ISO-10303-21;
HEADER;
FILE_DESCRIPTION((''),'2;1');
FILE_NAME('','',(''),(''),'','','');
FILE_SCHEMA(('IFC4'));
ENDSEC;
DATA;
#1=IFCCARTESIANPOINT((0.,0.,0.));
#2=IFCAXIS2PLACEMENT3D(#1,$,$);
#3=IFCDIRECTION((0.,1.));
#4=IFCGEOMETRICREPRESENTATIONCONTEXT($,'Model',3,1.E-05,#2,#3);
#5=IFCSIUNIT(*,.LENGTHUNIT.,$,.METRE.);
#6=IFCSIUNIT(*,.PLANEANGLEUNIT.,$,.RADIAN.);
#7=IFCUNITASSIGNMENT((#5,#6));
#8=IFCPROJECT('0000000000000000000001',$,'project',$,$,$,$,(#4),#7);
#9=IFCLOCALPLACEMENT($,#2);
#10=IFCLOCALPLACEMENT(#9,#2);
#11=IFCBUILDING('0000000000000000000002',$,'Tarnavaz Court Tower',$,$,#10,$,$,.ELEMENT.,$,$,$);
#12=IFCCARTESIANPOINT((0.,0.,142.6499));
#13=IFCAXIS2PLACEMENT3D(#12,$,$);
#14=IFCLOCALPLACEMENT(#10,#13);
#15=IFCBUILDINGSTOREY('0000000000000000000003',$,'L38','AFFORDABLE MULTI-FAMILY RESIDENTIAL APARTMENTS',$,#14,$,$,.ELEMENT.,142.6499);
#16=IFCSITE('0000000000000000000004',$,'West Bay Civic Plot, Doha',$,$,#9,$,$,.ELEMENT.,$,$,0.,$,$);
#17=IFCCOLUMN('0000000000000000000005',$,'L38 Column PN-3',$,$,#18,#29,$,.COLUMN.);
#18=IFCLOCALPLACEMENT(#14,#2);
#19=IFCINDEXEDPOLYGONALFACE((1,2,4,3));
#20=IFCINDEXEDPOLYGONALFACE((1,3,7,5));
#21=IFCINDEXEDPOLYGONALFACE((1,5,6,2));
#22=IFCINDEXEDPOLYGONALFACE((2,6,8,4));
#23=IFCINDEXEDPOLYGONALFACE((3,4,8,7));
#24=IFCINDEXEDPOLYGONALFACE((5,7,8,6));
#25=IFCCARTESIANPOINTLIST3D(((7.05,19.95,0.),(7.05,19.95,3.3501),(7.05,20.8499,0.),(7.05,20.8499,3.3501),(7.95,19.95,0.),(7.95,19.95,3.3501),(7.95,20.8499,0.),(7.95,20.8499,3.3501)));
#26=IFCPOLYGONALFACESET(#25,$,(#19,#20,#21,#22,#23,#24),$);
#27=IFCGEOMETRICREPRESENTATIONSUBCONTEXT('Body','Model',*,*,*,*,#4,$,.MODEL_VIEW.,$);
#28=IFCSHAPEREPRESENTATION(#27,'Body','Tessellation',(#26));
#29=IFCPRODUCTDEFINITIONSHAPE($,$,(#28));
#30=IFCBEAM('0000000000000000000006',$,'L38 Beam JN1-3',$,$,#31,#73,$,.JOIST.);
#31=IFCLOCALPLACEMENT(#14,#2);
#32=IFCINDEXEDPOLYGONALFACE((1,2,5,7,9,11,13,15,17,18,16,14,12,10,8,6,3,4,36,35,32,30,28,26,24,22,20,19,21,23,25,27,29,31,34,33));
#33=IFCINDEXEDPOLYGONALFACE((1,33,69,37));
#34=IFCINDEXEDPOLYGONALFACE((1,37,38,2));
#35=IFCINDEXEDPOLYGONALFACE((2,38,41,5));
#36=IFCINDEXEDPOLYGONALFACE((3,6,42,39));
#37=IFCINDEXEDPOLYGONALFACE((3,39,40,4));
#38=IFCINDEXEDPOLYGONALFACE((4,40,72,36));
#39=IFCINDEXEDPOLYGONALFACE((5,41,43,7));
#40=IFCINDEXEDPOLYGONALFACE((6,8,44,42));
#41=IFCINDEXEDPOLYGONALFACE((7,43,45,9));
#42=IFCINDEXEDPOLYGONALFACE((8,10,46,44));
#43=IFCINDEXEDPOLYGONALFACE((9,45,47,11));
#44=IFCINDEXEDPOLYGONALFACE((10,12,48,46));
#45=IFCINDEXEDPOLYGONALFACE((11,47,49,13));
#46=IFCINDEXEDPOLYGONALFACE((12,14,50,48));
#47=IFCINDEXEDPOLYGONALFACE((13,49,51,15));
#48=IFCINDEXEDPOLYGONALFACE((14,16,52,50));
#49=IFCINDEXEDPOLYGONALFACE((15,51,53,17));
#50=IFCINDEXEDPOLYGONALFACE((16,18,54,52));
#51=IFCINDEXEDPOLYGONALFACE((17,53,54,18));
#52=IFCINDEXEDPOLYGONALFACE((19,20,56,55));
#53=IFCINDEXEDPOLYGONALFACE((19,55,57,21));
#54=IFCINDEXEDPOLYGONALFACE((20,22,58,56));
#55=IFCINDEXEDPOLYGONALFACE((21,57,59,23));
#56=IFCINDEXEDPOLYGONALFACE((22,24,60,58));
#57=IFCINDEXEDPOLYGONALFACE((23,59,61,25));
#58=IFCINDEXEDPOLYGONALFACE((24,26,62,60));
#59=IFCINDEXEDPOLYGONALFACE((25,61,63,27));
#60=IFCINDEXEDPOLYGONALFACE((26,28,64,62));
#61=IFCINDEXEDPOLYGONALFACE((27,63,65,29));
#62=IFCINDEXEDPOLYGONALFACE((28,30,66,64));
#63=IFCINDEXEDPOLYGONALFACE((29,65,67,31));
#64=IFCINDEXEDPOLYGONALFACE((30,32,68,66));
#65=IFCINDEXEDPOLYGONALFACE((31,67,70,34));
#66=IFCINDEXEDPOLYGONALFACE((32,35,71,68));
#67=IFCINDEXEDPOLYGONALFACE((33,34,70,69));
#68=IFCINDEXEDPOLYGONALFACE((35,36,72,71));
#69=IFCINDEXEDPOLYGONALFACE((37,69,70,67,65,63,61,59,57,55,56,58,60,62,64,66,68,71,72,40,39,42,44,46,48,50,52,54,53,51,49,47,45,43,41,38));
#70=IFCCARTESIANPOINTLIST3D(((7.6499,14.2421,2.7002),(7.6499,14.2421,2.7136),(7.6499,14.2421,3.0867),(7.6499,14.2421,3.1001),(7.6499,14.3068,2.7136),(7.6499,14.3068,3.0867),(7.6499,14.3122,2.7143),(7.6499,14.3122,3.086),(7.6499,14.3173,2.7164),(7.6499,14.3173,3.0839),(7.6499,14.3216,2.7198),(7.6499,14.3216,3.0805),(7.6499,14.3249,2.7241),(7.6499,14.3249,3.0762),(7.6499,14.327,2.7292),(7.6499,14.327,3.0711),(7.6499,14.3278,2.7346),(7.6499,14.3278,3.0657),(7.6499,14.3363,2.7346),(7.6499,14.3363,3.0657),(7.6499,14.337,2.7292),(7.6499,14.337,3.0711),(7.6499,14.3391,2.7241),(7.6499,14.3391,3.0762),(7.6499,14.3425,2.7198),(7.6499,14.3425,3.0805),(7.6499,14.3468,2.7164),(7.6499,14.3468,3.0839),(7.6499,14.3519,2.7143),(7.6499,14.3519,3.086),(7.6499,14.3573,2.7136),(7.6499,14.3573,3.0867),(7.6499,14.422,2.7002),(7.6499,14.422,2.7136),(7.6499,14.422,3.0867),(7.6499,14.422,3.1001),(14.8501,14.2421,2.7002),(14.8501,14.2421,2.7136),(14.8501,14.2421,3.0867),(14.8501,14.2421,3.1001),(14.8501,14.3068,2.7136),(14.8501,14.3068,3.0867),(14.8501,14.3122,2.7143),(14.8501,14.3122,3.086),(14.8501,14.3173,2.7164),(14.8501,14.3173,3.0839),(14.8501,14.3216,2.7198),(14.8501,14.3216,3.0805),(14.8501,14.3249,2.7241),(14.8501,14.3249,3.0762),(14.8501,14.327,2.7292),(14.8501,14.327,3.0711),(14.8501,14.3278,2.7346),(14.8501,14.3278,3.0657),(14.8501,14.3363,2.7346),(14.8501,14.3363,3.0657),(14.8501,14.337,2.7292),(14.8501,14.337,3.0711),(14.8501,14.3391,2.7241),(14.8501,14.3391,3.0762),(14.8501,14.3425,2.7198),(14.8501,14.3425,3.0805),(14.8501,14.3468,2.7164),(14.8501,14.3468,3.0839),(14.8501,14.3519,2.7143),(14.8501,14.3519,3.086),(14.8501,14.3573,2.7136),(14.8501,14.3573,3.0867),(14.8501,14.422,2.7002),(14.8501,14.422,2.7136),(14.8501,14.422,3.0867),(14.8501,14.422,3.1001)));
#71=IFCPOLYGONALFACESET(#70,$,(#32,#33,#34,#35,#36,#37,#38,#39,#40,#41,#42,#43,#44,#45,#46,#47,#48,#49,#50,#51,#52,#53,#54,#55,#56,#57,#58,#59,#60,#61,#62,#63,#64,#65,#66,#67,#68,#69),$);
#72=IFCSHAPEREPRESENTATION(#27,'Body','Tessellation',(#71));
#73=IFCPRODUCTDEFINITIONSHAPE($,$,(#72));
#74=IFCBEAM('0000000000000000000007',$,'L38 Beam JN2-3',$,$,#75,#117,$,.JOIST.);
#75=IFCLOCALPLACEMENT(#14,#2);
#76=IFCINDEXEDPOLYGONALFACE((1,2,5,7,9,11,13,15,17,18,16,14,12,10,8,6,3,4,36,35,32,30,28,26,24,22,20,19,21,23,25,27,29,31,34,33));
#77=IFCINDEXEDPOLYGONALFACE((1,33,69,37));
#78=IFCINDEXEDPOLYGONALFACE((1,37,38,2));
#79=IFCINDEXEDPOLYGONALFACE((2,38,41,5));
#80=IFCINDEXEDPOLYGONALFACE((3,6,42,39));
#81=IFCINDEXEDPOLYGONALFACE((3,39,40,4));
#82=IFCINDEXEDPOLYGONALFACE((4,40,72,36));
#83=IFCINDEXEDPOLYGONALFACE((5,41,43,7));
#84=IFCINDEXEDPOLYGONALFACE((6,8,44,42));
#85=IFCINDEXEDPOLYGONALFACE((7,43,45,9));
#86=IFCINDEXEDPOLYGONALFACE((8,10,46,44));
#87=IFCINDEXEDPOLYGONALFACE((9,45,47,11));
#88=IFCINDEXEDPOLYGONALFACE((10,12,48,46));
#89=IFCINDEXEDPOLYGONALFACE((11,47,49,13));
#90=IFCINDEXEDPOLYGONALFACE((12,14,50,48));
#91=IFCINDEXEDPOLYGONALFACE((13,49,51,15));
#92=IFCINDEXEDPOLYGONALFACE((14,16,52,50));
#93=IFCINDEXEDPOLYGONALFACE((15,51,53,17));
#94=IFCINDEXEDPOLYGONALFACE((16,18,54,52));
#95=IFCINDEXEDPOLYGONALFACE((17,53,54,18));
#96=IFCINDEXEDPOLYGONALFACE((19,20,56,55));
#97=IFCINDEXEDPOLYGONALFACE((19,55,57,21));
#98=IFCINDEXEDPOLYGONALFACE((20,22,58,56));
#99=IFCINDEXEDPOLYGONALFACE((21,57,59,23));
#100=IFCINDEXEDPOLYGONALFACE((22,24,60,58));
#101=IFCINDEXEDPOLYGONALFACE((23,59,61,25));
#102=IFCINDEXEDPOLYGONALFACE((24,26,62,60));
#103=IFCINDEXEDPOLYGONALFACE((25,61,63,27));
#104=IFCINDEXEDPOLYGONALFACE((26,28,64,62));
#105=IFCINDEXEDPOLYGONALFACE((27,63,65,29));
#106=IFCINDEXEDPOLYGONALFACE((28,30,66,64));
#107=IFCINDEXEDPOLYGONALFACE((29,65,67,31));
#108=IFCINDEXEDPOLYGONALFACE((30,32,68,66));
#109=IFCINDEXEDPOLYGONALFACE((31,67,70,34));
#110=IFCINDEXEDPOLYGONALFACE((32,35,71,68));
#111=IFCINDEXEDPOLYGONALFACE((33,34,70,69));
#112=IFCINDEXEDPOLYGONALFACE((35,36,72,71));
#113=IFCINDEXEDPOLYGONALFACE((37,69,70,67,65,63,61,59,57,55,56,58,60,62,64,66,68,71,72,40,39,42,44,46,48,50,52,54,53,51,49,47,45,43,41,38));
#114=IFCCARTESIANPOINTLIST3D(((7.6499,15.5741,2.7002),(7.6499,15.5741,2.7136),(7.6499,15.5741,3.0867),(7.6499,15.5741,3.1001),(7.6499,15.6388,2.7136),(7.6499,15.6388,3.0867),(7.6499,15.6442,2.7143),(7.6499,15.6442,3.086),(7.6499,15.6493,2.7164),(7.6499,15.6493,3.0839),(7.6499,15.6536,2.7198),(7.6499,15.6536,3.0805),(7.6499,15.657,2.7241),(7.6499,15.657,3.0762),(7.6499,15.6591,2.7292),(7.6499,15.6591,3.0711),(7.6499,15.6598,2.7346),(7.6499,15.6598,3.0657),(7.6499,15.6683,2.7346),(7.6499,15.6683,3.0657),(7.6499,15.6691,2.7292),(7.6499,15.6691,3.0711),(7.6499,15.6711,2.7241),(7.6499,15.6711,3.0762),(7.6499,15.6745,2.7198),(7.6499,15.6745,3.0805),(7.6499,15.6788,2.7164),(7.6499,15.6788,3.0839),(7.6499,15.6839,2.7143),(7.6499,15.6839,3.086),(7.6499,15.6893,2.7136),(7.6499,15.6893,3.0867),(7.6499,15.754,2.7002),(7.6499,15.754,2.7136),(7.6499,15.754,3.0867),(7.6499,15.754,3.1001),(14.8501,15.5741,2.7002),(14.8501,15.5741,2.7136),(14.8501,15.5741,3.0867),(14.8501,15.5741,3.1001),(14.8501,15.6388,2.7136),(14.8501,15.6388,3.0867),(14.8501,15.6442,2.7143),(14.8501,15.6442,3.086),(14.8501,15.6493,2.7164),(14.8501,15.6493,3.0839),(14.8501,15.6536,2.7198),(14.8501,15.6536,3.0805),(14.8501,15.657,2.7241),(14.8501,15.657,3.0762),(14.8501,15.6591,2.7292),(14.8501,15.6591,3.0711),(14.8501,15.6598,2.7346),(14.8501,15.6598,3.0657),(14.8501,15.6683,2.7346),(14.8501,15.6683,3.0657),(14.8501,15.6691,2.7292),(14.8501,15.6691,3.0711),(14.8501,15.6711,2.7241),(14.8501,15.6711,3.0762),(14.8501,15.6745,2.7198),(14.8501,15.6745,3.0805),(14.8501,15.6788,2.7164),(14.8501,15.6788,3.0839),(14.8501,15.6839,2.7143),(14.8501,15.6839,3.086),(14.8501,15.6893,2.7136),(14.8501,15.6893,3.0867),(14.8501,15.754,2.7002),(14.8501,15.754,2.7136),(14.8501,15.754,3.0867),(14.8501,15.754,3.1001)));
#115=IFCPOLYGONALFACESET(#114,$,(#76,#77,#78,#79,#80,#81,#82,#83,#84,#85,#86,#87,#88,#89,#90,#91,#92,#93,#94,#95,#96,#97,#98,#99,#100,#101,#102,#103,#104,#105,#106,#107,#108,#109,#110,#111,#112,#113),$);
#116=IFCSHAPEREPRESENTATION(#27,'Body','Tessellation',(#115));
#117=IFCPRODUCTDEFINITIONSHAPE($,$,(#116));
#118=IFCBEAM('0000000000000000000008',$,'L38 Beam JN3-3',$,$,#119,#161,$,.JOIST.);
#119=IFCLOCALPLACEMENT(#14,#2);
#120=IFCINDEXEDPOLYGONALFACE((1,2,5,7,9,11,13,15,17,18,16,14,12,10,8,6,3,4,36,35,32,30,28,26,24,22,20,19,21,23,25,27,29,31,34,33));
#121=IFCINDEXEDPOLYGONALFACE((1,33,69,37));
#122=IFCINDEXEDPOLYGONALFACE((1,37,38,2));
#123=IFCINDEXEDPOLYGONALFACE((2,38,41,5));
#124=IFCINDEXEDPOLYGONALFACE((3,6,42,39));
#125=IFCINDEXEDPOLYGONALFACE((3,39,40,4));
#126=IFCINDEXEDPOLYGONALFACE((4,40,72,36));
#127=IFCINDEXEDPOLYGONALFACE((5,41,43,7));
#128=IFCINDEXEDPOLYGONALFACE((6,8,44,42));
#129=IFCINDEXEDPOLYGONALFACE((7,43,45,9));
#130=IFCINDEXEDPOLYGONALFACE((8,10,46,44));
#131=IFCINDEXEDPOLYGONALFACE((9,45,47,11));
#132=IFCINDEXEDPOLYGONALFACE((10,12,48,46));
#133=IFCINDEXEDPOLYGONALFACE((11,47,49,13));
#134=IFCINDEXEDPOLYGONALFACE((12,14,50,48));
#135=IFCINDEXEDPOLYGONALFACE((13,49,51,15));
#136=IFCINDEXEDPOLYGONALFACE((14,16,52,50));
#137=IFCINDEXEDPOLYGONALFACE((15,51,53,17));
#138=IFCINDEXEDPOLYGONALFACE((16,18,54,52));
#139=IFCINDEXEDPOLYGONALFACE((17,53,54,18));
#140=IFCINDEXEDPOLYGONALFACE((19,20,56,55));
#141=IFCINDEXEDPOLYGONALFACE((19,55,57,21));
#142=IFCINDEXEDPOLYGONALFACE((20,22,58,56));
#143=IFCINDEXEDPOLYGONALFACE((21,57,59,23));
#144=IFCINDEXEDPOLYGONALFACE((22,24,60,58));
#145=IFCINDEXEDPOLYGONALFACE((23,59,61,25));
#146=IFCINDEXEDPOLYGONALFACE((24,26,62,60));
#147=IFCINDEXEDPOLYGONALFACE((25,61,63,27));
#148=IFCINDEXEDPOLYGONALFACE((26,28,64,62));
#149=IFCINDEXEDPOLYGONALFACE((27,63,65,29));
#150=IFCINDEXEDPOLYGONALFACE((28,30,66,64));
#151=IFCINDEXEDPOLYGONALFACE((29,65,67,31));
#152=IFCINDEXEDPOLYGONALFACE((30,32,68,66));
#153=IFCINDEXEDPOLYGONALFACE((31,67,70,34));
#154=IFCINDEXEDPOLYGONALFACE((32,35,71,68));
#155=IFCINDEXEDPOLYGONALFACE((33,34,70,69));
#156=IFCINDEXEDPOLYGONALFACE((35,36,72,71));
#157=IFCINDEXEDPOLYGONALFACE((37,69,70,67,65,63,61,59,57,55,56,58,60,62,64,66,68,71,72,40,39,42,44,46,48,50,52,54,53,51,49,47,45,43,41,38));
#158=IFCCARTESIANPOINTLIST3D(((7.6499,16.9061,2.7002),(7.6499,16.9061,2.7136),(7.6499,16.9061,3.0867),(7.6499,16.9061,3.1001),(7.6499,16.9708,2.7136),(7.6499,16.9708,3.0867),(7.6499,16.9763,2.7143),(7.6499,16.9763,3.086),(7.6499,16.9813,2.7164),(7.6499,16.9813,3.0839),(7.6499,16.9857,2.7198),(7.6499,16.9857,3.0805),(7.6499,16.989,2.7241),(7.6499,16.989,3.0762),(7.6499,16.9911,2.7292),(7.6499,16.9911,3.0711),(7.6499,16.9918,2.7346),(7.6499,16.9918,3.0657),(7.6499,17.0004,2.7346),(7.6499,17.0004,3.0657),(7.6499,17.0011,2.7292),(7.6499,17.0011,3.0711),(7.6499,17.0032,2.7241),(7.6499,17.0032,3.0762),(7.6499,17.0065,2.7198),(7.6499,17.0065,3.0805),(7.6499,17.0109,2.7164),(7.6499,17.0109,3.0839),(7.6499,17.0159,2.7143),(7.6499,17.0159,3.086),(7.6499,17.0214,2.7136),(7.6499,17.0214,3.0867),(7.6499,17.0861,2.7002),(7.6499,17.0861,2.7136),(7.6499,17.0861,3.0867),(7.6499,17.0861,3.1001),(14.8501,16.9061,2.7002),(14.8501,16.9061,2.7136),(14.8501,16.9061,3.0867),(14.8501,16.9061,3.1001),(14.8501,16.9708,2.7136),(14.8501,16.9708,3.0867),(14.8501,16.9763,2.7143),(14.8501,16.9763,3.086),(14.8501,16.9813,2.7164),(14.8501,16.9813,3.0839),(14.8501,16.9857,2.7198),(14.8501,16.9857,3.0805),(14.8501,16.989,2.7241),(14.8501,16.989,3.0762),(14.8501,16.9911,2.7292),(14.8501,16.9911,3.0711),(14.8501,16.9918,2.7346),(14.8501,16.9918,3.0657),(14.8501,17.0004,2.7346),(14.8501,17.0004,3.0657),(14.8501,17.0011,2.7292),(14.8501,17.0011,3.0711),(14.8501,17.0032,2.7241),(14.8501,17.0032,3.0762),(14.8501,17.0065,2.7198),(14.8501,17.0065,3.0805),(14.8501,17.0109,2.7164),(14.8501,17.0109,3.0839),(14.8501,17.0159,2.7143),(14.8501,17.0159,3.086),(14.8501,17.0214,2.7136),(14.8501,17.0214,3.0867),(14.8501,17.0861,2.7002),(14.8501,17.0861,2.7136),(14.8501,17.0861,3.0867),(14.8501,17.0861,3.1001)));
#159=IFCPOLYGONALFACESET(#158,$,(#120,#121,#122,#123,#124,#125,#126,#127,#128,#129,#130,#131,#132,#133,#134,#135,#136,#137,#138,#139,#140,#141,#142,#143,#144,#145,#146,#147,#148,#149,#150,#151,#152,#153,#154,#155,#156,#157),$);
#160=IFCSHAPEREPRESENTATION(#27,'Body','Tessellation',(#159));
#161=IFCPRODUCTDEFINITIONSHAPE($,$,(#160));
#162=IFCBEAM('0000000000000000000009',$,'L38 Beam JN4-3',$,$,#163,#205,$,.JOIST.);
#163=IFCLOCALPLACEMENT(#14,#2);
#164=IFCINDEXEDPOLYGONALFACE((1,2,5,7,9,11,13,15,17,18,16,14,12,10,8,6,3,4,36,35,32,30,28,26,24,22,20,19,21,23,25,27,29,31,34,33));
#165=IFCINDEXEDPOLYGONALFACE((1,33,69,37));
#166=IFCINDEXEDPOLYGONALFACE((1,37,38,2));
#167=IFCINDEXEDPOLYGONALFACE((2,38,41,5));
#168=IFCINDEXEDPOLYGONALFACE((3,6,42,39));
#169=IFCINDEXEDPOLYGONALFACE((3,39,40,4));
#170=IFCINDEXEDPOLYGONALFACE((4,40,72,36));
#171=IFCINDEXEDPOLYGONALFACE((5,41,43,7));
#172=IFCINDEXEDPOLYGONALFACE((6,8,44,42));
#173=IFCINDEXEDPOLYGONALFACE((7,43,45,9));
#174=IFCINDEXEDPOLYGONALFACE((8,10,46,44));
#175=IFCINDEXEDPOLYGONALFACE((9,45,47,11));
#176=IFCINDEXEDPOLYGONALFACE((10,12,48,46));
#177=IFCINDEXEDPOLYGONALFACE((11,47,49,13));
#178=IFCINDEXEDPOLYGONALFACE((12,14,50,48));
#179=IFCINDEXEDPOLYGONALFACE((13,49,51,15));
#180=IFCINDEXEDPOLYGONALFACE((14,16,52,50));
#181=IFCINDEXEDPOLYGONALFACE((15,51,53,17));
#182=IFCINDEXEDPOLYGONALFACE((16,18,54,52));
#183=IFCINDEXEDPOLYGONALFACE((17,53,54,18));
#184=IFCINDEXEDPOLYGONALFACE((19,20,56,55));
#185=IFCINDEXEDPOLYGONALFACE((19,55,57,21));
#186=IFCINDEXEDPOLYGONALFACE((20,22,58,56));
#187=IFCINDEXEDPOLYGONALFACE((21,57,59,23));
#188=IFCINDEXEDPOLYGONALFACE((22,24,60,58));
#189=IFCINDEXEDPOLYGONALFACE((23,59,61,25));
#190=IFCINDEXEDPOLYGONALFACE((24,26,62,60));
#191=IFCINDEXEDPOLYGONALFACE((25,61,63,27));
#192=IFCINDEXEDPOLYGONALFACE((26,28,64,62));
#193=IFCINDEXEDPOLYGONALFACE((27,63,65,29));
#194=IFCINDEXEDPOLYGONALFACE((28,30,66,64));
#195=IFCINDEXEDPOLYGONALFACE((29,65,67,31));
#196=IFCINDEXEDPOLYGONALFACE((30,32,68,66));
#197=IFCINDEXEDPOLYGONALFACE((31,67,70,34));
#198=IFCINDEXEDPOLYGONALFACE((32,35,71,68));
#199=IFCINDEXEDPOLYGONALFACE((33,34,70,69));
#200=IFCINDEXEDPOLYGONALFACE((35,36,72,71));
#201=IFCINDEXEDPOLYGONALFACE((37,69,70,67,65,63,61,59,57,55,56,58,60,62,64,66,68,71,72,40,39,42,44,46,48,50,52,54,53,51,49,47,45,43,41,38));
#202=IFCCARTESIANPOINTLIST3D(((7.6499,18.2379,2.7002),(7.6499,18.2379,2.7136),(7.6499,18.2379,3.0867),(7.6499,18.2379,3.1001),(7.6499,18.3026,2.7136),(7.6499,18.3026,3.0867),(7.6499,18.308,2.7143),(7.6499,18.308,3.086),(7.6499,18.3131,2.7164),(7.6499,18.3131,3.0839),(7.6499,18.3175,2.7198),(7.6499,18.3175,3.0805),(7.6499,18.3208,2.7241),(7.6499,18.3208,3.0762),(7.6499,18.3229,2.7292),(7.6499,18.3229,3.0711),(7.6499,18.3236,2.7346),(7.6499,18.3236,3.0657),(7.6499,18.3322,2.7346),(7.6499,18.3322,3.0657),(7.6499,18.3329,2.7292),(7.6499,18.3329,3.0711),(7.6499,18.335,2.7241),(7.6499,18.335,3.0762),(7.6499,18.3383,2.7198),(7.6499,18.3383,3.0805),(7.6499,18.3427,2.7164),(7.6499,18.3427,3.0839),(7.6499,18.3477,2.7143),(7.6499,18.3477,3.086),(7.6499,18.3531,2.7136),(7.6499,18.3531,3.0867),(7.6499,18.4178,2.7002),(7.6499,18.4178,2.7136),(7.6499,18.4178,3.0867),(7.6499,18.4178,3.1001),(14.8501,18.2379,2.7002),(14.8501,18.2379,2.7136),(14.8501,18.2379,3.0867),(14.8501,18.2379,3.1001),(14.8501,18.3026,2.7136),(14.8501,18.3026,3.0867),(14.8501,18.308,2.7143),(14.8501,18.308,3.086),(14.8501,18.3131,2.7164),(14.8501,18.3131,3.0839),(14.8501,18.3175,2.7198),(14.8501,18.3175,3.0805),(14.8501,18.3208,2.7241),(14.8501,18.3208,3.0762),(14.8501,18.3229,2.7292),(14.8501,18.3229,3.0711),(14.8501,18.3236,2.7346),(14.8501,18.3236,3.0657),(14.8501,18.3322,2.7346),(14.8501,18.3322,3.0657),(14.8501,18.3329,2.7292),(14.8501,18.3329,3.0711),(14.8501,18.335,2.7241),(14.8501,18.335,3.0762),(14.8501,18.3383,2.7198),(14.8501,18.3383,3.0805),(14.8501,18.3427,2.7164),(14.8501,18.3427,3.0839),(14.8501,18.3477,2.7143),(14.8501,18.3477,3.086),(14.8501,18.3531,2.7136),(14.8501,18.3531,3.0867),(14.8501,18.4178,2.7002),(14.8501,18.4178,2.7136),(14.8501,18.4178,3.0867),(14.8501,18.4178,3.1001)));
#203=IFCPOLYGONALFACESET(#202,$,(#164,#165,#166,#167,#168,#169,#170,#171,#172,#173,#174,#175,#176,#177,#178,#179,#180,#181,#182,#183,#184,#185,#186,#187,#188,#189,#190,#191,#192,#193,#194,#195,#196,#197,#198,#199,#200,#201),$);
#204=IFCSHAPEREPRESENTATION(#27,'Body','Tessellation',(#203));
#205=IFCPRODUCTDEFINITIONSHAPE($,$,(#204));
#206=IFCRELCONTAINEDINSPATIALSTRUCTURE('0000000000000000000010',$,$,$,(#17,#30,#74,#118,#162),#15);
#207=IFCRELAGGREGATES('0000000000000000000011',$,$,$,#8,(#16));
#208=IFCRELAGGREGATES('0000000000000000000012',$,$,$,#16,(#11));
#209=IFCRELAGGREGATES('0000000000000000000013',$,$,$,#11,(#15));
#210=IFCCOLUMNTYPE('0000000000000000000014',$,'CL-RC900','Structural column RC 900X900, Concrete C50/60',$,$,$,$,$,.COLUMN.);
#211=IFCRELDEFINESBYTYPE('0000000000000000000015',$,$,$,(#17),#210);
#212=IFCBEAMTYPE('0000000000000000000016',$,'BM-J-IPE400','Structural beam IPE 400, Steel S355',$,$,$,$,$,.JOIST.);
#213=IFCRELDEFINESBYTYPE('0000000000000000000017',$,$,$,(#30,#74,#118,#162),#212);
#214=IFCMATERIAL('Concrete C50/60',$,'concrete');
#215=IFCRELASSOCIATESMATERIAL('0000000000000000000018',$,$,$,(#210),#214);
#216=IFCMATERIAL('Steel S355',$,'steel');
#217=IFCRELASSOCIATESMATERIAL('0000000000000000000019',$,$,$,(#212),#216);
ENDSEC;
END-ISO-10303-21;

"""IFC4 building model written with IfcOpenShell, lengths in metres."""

from ifc_helpers import new_model, si_unit, direction, frame, origin, origin_2d, place, context, subcontext, project, spatial, rectangle, i_section, extrude, material, material_profile, profile_set, type_object, element, save


model = new_model("IFC4")

# Units and contexts
model_context = context("Model", 3, precision=1e-05, world=origin(), true_north=direction((0.0, 1.0)))
body_context = subcontext(model_context, "Body", "Model", "MODEL_VIEW")
ifc_project = project(units=[si_unit("LENGTHUNIT", "METRE"), si_unit("PLANEANGLEUNIT", "RADIAN")], contexts=[model_context])

# Site, building, storey
site_placement = place(None, origin())
site = spatial("IfcSite", under=ifc_project, at=site_placement, Name="West Bay Civic Plot, Doha", CompositionType="ELEMENT", RefElevation=0.0)
building_placement = place(site_placement, origin())
building = spatial("IfcBuilding", under=site, at=building_placement, Name="Tarnavaz Court Tower", CompositionType="ELEMENT")
storey_placement = place(building_placement, frame((0.0, 0.0, 142.6499)))
storey = spatial("IfcBuildingStorey", under=building, at=storey_placement, Name="L38", Description="AFFORDABLE MULTI-FAMILY RESIDENTIAL APARTMENTS", CompositionType="ELEMENT", Elevation=142.6499)

# Column
ifc_material_1 = material(Name="Concrete C50/60", Category="concrete")
ifc_material_profile_1 = material_profile(ifc_material_1, rectangle(XDim=0.8999, YDim=0.8999, at=origin_2d()), Name="RC 900X900")
ifc_profile_set_1 = profile_set([ifc_material_profile_1], Name="Concrete C50/60")
column_type = type_object("IfcColumnType", Name="CL-RC900", Description="Structural column RC 900X900, Concrete C50/60", PredefinedType="COLUMN", material=ifc_profile_set_1)
column_placement = place(storey_placement, frame((7.5, 20.3999, 0.0), z_axis=(0.0, 0.0, 1.0), x_axis=(1.0, 0.0, 0.0)))
element("IfcColumn", 1, at=column_placement, inside=storey, type_object=column_type, Name="L38 Column PN-3", PredefinedType="COLUMN", context=body_context, shape_type="SweptSolid", body=[
    extrude(rectangle(XDim=0.8999, YDim=0.8999, at=origin_2d()), origin(), (0.0, 0.0, 1.0), 3.3501),
])

# Beams
ifc_material_2 = material(Name="Steel S355", Category="steel")
ifc_material_profile_2 = material_profile(ifc_material_2, i_section(OverallWidth=0.1799, OverallDepth=0.3999, WebThickness=0.0085, FlangeThickness=0.0134, FilletRadius=0.021, at=origin_2d()), Name="IPE 400")
ifc_profile_set_2 = profile_set([ifc_material_profile_2], Name="Steel S355")
beam_type_1 = type_object("IfcBeamType", Name="BM-J-IPE400", Description="Structural beam IPE 400, Steel S355", PredefinedType="JOIST", material=ifc_profile_set_2)
for number, where, z_axis, x_axis, name in (
    (2, (7.6499, 14.332, 2.9001), (1.0, 0.0, 0.0), (0.0, 1.0, 0.0), "L38 Beam JN1-3"),
    (3, (7.6499, 15.6641, 2.9001), (1.0, 0.0, 0.0), (0.0, 1.0, 0.0), "L38 Beam JN2-3"),
    (4, (7.6499, 16.9961, 2.9001), (1.0, 0.0, 0.0), (0.0, 1.0, 0.0), "L38 Beam JN3-3"),
    (5, (7.6499, 18.3279, 2.9001), (1.0, 0.0, 0.0), (0.0, 1.0, 0.0), "L38 Beam JN4-3"),
):
    element("IfcBeam", number, at=place(storey_placement, frame(where, z_axis=z_axis, x_axis=x_axis)), inside=storey, type_object=beam_type_1, Name=name, PredefinedType="JOIST", context=body_context, shape_type="SweptSolid", body=[
        extrude(i_section(OverallWidth=0.1799, OverallDepth=0.3999, WebThickness=0.0085, FlangeThickness=0.0134, FilletRadius=0.021, at=origin_2d()), origin(), (0.0, 0.0, 1.0), 7.2002),
    ])

save(model, "model.ifc")
